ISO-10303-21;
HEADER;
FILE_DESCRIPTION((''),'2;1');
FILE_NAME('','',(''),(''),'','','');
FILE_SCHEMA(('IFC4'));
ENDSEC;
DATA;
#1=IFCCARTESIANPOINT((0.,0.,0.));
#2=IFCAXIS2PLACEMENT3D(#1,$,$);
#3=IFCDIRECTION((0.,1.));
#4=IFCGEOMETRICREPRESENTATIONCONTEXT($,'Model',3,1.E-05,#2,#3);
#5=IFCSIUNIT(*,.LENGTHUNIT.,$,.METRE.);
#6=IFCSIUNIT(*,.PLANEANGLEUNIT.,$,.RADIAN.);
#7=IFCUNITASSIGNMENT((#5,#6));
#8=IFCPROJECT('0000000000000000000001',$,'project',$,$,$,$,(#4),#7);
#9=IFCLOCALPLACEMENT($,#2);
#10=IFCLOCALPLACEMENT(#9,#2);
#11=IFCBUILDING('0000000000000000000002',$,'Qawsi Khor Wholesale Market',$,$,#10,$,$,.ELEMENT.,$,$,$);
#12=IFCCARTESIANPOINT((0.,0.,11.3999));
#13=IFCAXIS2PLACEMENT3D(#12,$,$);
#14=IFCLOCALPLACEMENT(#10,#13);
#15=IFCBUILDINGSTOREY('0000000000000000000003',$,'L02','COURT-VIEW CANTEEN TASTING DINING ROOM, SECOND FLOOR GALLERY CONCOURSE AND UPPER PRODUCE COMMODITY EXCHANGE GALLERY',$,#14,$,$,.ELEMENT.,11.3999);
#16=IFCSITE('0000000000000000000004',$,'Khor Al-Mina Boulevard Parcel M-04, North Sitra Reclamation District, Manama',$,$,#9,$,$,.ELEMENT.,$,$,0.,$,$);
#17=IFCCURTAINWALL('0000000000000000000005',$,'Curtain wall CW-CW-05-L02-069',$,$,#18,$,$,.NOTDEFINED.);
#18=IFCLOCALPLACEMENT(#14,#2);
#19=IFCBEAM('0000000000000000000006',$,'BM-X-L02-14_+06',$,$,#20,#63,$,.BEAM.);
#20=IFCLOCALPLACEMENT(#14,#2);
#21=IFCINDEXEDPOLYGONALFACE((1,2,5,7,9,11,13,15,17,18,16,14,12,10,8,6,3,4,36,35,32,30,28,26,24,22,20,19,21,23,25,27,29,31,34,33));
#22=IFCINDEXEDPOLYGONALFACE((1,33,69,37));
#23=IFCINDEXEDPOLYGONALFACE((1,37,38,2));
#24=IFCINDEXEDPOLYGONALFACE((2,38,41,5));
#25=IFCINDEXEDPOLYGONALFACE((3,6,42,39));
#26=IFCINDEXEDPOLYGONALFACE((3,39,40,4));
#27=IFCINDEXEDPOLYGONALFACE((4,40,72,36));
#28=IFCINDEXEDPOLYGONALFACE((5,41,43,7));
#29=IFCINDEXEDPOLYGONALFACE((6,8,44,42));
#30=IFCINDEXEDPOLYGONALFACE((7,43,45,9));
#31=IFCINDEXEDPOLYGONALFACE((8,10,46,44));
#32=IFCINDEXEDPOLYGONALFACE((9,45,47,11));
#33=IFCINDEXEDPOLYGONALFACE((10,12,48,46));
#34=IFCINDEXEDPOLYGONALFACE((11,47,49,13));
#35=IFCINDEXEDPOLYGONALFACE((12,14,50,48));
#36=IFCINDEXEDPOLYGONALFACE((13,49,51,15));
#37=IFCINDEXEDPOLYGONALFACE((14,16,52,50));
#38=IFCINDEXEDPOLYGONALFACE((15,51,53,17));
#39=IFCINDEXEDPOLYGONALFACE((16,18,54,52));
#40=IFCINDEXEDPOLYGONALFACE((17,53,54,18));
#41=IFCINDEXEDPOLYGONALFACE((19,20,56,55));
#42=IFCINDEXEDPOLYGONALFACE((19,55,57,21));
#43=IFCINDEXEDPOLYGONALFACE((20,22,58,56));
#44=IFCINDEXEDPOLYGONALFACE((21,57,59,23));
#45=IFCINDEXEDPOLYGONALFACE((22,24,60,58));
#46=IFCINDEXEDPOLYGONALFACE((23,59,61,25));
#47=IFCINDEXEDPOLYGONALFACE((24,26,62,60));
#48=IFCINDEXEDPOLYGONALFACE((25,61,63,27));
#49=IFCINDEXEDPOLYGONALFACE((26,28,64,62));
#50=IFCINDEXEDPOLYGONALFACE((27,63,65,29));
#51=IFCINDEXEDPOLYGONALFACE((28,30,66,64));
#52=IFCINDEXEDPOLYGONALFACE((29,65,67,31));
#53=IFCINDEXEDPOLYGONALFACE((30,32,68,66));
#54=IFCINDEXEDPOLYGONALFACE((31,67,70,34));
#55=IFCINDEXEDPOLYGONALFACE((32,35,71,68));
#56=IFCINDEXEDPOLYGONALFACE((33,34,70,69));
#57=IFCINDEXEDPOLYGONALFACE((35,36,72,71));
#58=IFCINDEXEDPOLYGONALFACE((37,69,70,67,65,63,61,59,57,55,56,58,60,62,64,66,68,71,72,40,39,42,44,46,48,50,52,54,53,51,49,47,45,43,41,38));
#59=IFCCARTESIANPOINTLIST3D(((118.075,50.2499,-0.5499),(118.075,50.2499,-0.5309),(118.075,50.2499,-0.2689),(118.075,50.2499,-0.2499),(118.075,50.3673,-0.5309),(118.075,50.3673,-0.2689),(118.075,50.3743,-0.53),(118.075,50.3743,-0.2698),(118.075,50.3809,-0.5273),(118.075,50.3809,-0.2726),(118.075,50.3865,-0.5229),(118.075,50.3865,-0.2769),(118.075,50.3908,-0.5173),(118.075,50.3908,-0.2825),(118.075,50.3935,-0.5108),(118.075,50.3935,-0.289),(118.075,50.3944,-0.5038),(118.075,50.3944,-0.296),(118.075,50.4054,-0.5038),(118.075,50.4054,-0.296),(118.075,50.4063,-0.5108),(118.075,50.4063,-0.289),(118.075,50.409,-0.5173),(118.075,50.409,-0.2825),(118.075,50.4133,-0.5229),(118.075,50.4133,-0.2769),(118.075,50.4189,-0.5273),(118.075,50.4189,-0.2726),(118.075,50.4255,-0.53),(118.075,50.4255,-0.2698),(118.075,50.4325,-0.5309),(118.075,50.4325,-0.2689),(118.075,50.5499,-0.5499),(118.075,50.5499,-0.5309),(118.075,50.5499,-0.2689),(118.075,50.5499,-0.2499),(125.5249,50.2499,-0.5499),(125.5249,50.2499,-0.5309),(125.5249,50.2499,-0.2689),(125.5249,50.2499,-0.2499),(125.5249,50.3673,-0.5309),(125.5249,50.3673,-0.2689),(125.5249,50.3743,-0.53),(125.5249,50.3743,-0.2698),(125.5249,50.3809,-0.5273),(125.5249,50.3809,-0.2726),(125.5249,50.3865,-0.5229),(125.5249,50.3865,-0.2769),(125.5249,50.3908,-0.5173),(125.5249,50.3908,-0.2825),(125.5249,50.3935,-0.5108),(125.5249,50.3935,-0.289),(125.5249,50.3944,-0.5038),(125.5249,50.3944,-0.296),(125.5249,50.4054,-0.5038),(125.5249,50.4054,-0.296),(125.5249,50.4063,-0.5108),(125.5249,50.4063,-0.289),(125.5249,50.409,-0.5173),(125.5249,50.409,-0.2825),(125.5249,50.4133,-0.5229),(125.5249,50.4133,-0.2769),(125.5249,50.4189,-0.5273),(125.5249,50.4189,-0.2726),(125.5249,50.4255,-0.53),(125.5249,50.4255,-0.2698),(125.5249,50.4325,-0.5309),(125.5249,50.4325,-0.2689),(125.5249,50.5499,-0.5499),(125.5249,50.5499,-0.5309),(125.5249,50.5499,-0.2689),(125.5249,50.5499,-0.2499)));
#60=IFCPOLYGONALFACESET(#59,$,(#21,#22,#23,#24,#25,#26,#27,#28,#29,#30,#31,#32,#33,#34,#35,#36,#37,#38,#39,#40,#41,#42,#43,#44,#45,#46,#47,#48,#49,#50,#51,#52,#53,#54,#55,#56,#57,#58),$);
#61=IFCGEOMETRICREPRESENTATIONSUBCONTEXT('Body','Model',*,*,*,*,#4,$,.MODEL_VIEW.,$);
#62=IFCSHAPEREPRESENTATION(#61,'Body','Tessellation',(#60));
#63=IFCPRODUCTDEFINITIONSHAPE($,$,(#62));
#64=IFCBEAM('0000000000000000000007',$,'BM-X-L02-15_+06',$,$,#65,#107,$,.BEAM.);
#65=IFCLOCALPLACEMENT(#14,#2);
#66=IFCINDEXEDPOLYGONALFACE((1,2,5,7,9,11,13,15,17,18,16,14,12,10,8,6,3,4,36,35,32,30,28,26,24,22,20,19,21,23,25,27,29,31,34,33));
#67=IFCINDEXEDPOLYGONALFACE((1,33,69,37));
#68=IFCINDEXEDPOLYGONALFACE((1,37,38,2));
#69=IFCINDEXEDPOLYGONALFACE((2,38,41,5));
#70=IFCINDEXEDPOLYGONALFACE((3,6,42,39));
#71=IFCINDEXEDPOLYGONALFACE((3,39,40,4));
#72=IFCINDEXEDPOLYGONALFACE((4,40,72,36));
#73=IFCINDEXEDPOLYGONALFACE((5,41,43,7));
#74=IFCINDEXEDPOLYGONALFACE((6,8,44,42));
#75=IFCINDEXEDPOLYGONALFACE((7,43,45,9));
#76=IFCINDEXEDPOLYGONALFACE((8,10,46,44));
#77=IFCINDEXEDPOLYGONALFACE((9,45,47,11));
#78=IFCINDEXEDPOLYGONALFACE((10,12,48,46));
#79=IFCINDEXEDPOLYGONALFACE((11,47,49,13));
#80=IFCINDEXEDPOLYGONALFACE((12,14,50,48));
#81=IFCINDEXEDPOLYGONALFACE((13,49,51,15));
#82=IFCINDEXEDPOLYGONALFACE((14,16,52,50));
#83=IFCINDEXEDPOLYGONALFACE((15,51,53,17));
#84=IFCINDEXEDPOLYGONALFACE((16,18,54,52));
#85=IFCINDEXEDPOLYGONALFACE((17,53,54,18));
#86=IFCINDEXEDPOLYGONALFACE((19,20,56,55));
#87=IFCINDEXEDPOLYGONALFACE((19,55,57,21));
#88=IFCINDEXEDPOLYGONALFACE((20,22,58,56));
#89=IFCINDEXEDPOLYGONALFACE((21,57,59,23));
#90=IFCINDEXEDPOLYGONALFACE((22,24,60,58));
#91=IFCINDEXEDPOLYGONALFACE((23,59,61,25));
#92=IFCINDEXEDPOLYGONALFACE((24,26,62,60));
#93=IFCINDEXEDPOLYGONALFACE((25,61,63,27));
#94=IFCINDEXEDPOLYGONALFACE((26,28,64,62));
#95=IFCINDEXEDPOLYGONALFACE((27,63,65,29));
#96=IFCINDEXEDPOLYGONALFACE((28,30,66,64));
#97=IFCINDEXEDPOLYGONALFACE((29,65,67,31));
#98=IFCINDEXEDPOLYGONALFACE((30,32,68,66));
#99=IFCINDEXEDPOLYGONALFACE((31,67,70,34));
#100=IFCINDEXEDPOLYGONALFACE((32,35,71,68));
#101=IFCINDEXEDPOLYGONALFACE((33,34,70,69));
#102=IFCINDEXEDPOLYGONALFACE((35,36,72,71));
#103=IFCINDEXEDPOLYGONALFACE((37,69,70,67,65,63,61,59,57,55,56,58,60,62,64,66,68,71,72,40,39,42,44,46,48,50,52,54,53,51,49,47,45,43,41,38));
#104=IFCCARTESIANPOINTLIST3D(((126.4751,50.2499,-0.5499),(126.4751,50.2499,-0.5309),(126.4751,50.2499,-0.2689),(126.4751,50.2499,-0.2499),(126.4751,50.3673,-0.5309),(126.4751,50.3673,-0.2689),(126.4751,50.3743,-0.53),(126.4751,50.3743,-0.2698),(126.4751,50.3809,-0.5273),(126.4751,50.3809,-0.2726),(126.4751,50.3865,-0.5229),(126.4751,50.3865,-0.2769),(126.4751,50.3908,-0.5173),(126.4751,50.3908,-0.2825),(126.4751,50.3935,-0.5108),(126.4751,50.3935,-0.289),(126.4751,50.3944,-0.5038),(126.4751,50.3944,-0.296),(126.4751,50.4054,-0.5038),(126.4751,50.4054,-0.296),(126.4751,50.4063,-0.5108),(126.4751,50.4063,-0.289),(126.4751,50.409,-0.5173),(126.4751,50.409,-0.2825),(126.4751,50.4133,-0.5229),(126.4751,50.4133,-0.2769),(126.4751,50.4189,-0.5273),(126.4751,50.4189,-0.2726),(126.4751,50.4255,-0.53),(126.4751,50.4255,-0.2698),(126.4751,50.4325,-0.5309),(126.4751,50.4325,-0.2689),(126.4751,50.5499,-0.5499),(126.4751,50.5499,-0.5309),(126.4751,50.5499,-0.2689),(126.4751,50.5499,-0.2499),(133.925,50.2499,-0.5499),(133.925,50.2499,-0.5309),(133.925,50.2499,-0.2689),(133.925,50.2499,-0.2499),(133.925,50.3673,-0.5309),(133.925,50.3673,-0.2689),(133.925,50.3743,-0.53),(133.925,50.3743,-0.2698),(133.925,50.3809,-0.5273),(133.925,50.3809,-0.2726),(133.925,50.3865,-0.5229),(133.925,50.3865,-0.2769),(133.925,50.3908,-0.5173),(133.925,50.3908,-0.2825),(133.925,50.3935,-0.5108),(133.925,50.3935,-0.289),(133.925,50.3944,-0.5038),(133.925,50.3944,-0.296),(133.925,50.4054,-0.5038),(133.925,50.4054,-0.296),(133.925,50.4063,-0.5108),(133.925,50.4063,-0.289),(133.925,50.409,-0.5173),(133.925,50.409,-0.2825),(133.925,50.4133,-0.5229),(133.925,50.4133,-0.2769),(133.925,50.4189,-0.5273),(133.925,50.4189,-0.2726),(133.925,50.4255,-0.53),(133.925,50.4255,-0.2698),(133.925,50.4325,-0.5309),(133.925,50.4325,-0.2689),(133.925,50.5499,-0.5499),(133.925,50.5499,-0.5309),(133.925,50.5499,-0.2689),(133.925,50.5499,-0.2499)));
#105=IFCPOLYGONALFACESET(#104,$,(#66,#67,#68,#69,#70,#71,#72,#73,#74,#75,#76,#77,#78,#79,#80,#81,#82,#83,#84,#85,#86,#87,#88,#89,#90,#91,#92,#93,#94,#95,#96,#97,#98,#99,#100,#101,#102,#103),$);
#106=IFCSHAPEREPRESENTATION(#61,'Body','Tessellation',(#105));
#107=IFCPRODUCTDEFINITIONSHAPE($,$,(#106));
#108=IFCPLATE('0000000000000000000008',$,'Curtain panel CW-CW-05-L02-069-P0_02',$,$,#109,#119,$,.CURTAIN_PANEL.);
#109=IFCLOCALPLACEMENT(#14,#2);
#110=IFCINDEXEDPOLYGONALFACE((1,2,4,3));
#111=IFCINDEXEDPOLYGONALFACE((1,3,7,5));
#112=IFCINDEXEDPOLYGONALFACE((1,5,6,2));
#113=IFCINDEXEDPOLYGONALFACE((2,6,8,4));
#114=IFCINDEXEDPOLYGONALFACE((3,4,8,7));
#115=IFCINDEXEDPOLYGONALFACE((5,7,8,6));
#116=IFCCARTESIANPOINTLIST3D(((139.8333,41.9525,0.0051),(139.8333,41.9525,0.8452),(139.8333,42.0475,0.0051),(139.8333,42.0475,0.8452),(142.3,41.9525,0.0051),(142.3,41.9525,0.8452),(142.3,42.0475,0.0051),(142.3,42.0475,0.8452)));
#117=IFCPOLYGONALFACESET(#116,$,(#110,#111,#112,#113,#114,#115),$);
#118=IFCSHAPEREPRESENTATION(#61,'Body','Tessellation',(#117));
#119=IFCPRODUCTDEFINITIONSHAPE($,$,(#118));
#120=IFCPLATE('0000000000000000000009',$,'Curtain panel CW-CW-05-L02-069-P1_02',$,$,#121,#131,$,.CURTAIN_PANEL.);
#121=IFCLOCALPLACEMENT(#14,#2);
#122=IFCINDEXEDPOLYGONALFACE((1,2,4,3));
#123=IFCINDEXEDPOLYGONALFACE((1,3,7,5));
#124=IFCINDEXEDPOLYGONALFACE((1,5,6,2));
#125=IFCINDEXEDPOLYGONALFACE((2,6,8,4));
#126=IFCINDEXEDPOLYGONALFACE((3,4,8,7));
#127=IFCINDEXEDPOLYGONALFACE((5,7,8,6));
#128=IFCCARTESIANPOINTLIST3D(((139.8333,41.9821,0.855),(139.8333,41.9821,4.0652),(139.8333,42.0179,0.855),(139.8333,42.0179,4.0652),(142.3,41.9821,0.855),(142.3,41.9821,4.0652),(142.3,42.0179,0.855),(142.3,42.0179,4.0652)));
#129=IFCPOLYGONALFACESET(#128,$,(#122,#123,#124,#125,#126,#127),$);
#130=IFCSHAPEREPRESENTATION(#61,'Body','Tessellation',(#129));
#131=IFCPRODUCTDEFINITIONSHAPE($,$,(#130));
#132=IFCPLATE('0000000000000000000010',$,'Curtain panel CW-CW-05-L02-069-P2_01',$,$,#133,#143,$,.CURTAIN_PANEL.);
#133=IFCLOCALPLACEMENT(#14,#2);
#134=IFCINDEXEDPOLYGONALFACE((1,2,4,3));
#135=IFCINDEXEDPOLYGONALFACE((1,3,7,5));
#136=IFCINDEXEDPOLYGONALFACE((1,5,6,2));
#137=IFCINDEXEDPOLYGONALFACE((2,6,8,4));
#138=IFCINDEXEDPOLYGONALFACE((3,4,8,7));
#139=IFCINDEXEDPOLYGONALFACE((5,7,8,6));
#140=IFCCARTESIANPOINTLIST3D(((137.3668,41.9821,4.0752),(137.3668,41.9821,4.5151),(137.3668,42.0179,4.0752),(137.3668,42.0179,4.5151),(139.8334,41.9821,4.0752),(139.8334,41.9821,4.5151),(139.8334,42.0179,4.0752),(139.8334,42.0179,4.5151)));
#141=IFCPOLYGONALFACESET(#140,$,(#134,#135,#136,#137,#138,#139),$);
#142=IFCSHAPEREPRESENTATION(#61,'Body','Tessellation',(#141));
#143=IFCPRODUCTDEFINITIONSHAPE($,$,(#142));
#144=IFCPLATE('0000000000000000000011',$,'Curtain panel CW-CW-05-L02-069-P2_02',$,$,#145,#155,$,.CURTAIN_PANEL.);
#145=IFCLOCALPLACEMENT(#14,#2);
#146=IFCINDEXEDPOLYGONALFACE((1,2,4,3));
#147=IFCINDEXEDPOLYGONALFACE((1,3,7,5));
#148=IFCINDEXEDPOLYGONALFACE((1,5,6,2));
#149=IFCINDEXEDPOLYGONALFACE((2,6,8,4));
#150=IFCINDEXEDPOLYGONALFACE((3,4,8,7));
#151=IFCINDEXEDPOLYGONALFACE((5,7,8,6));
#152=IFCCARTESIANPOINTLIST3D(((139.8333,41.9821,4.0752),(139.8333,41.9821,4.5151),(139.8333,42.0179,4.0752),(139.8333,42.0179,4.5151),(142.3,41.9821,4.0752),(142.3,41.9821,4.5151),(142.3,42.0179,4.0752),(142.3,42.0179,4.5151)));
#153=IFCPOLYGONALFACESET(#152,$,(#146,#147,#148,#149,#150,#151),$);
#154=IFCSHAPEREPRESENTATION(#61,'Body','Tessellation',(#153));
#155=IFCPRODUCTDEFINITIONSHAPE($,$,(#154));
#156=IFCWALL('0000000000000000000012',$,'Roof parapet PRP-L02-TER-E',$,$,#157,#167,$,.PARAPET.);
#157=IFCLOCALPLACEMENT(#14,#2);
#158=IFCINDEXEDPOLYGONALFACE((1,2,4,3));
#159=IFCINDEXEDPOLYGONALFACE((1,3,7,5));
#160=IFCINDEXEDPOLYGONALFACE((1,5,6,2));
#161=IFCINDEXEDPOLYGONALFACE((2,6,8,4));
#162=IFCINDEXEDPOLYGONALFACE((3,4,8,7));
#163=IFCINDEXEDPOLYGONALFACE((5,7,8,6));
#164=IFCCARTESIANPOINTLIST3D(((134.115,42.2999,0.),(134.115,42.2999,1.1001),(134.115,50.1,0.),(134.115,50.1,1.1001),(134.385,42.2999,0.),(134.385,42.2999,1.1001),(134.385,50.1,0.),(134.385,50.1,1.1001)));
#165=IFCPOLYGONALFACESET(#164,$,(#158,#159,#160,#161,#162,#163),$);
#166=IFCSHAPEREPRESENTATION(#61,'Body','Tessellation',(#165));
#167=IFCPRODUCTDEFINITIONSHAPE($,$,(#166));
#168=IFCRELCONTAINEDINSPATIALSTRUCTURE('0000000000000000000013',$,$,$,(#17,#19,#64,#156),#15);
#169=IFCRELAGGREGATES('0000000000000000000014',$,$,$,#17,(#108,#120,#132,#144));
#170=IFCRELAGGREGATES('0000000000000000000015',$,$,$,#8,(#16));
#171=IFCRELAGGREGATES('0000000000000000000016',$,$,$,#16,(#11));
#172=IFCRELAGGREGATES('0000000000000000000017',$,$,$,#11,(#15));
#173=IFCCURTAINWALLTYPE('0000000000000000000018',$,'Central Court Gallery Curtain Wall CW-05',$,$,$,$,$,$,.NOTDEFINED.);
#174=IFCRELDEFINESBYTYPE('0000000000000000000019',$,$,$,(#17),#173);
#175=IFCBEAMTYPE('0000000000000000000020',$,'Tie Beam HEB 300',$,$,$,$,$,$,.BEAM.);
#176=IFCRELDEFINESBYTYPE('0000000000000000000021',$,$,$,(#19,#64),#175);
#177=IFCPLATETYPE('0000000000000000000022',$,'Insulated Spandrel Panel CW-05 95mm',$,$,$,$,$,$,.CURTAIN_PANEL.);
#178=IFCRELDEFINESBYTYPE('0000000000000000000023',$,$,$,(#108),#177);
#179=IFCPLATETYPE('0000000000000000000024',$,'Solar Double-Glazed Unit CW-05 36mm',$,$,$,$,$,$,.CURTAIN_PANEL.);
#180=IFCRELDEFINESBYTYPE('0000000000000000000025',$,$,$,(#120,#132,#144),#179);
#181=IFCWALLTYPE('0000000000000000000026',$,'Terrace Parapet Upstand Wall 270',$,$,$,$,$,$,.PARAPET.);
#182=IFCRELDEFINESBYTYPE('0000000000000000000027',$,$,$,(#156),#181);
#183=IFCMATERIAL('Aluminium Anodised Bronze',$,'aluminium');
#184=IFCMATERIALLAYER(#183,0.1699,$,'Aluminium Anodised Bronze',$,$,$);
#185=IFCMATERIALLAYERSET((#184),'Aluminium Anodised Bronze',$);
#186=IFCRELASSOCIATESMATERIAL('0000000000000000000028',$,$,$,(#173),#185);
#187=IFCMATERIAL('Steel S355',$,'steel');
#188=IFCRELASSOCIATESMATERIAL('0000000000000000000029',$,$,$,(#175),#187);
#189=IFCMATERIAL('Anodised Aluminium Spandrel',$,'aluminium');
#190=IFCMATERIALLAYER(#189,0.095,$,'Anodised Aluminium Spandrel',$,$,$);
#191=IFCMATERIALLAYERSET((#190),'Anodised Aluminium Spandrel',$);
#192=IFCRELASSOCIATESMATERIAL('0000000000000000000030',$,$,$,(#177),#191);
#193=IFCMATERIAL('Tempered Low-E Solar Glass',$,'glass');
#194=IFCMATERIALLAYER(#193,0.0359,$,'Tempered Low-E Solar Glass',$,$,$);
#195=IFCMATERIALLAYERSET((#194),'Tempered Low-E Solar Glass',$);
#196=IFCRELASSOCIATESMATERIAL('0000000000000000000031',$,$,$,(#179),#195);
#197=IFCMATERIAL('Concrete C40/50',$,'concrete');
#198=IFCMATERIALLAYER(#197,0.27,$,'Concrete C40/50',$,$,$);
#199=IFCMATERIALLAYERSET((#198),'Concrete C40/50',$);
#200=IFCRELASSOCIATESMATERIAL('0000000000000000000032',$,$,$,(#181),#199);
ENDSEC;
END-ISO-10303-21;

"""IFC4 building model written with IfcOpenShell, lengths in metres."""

from ifc_helpers import new_model, si_unit, direction, frame, frame_2d, origin, origin_2d, place, context, subcontext, project, spatial, rectangle, i_section, extrude, material, layer, layer_set, material_profile, profile_set, type_object, element, aggregate, save


model = new_model("IFC4")

# Units and contexts
model_context = context("Model", 3, precision=1e-05, world=origin(), true_north=direction((0.0, 1.0)))
body_context = subcontext(model_context, "Body", "Model", "MODEL_VIEW")
ifc_project = project(units=[si_unit("LENGTHUNIT", "METRE"), si_unit("PLANEANGLEUNIT", "RADIAN")], contexts=[model_context])

# Site, building, storey
site_placement = place(None, origin())
site = spatial("IfcSite", under=ifc_project, at=site_placement, Name="Khor Al-Mina Boulevard Parcel M-04, North Sitra Reclamation District, Manama", CompositionType="ELEMENT", RefElevation=0.0)
building_placement = place(site_placement, origin())
building = spatial("IfcBuilding", under=site, at=building_placement, Name="Qawsi Khor Wholesale Market", CompositionType="ELEMENT")
storey_placement = place(building_placement, frame((0.0, 0.0, 11.3999)))
storey = spatial("IfcBuildingStorey", under=building, at=storey_placement, Name="L02", Description="COURT-VIEW CANTEEN TASTING DINING ROOM, SECOND FLOOR GALLERY CONCOURSE AND UPPER PRODUCE COMMODITY EXCHANGE GALLERY", CompositionType="ELEMENT", Elevation=11.3999)

# Shared definitions
ifc_material_1 = material(Name="Concrete C40/50", Category="concrete")

# Curtain wall
ifc_material_2 = material(Name="Aluminium Anodised Bronze", Category="aluminium")
ifc_layer_1 = layer(ifc_material_2, 0.1699, Name="Aluminium Anodised Bronze")
ifc_layer_set_1 = layer_set([ifc_layer_1], Name="Aluminium Anodised Bronze")
curtain_wall_type = type_object("IfcCurtainWallType", Name="Central Court Gallery Curtain Wall CW-05", PredefinedType="NOTDEFINED", material=ifc_layer_set_1)
curtain_wall_placement = place(storey_placement, origin())
curtain_wall = element("IfcCurtainWall", 1, at=curtain_wall_placement, inside=storey, type_object=curtain_wall_type, Name="Curtain wall CW-CW-05-L02-069", PredefinedType="NOTDEFINED")

# Shared definitions
ifc_material_3 = material(Name="Steel S355", Category="steel")

# Beams
ifc_material_profile_1 = material_profile(ifc_material_3, i_section(OverallWidth=0.3, OverallDepth=0.3, WebThickness=0.011, FlangeThickness=0.019, FilletRadius=0.0271, at=origin_2d()), Name="HEB 300")
ifc_profile_set_1 = profile_set([ifc_material_profile_1], Name="Steel S355")
beam_type_1 = type_object("IfcBeamType", Name="Tie Beam HEB 300", PredefinedType="BEAM", material=ifc_profile_set_1)
for number, where, z_axis, x_axis, name in (
    (2, (118.075, 50.3999, -0.3999), (1.0, 0.0, 0.0), (0.0, 1.0, 0.0), "BM-X-L02-14_+06"),
    (3, (126.4751, 50.3999, -0.3999), (1.0, 0.0, 0.0), (0.0, 1.0, 0.0), "BM-X-L02-15_+06"),
):
    element("IfcBeam", number, at=place(storey_placement, frame(where, z_axis=z_axis, x_axis=x_axis)), inside=storey, type_object=beam_type_1, Name=name, PredefinedType="BEAM", context=body_context, shape_type="SweptSolid", body=[
        extrude(i_section(OverallWidth=0.3, OverallDepth=0.3, WebThickness=0.011, FlangeThickness=0.019, FilletRadius=0.0271, at=origin_2d()), origin(), (0.0, 0.0, 1.0), 7.45),
    ])

# Plates
ifc_material_4 = material(Name="Anodised Aluminium Spandrel", Category="aluminium")
ifc_layer_2 = layer(ifc_material_4, 0.095, Name="Anodised Aluminium Spandrel")
ifc_layer_set_2 = layer_set([ifc_layer_2], Name="Anodised Aluminium Spandrel")
plate_type_1 = type_object("IfcPlateType", Name="Insulated Spandrel Panel CW-05 95mm", PredefinedType="CURTAIN_PANEL", material=ifc_layer_set_2)
plate_1_placement = place(storey_placement, frame((139.8333, 42.0, 0.0051), z_axis=(0.0, 0.0, 1.0), x_axis=(1.0, 0.0, 0.0)))
plate_1 = element("IfcPlate", 4, at=plate_1_placement, type_object=plate_type_1, Name="Curtain panel CW-CW-05-L02-069-P0_02", PredefinedType="CURTAIN_PANEL", context=body_context, shape_type="SweptSolid", body=[
    extrude(rectangle(XDim=2.4668, YDim=0.095, at=frame_2d((1.2334, 0.0))), origin(), (0.0, 0.0, 1.0), 0.8401),
])
ifc_material_5 = material(Name="Tempered Low-E Solar Glass", Category="glass")
ifc_layer_3 = layer(ifc_material_5, 0.0359, Name="Tempered Low-E Solar Glass")
ifc_layer_set_3 = layer_set([ifc_layer_3], Name="Tempered Low-E Solar Glass")
plate_type_2 = type_object("IfcPlateType", Name="Solar Double-Glazed Unit CW-05 36mm", PredefinedType="CURTAIN_PANEL", material=ifc_layer_set_3)
plate_2_placement = place(storey_placement, frame((139.8333, 42.0, 0.855), z_axis=(0.0, 0.0, 1.0), x_axis=(1.0, 0.0, 0.0)))
plate_2 = element("IfcPlate", 5, at=plate_2_placement, type_object=plate_type_2, Name="Curtain panel CW-CW-05-L02-069-P1_02", PredefinedType="CURTAIN_PANEL", context=body_context, shape_type="SweptSolid", body=[
    extrude(rectangle(XDim=2.4668, YDim=0.0359, at=frame_2d((1.2334, 0.0))), origin(), (0.0, 0.0, 1.0), 3.2102),
])
plate_3_placement = place(storey_placement, frame((137.3667, 42.0, 4.0752), z_axis=(0.0, 0.0, 1.0), x_axis=(1.0, 0.0, 0.0)))
plate_3 = element("IfcPlate", 6, at=plate_3_placement, type_object=plate_type_2, Name="Curtain panel CW-CW-05-L02-069-P2_01", PredefinedType="CURTAIN_PANEL", context=body_context, shape_type="SweptSolid", body=[
    extrude(rectangle(XDim=2.4666, YDim=0.0359, at=frame_2d((1.2334, 0.0))), origin(), (0.0, 0.0, 1.0), 0.4399),
])
plate_4_placement = place(storey_placement, frame((139.8333, 42.0, 4.0752), z_axis=(0.0, 0.0, 1.0), x_axis=(1.0, 0.0, 0.0)))
plate_4 = element("IfcPlate", 7, at=plate_4_placement, type_object=plate_type_2, Name="Curtain panel CW-CW-05-L02-069-P2_02", PredefinedType="CURTAIN_PANEL", context=body_context, shape_type="SweptSolid", body=[
    extrude(rectangle(XDim=2.4668, YDim=0.0359, at=frame_2d((1.2334, 0.0))), origin(), (0.0, 0.0, 1.0), 0.4399),
])
aggregate(curtain_wall, [plate_1, plate_2, plate_3, plate_4])

# Wall
ifc_layer_4 = layer(ifc_material_1, 0.27, Name="Concrete C40/50")
ifc_layer_set_4 = layer_set([ifc_layer_4], Name="Concrete C40/50")
wall_type = type_object("IfcWallType", Name="Terrace Parapet Upstand Wall 270", PredefinedType="PARAPET", material=ifc_layer_set_4)
wall_placement = place(storey_placement, frame((134.25, 42.3, 0.0), z_axis=(0.0, 0.0, 1.0), x_axis=(0.0, 1.0, 0.0)))
element("IfcWall", 8, at=wall_placement, inside=storey, type_object=wall_type, Name="Roof parapet PRP-L02-TER-E", PredefinedType="PARAPET", context=body_context, shape_type="SweptSolid", body=[
    extrude(rectangle(XDim=7.8, YDim=0.27, at=frame_2d((3.8999, 0.0))), origin(), (0.0, 0.0, 1.0), 1.1001),
])

save(model, "model.ifc")
